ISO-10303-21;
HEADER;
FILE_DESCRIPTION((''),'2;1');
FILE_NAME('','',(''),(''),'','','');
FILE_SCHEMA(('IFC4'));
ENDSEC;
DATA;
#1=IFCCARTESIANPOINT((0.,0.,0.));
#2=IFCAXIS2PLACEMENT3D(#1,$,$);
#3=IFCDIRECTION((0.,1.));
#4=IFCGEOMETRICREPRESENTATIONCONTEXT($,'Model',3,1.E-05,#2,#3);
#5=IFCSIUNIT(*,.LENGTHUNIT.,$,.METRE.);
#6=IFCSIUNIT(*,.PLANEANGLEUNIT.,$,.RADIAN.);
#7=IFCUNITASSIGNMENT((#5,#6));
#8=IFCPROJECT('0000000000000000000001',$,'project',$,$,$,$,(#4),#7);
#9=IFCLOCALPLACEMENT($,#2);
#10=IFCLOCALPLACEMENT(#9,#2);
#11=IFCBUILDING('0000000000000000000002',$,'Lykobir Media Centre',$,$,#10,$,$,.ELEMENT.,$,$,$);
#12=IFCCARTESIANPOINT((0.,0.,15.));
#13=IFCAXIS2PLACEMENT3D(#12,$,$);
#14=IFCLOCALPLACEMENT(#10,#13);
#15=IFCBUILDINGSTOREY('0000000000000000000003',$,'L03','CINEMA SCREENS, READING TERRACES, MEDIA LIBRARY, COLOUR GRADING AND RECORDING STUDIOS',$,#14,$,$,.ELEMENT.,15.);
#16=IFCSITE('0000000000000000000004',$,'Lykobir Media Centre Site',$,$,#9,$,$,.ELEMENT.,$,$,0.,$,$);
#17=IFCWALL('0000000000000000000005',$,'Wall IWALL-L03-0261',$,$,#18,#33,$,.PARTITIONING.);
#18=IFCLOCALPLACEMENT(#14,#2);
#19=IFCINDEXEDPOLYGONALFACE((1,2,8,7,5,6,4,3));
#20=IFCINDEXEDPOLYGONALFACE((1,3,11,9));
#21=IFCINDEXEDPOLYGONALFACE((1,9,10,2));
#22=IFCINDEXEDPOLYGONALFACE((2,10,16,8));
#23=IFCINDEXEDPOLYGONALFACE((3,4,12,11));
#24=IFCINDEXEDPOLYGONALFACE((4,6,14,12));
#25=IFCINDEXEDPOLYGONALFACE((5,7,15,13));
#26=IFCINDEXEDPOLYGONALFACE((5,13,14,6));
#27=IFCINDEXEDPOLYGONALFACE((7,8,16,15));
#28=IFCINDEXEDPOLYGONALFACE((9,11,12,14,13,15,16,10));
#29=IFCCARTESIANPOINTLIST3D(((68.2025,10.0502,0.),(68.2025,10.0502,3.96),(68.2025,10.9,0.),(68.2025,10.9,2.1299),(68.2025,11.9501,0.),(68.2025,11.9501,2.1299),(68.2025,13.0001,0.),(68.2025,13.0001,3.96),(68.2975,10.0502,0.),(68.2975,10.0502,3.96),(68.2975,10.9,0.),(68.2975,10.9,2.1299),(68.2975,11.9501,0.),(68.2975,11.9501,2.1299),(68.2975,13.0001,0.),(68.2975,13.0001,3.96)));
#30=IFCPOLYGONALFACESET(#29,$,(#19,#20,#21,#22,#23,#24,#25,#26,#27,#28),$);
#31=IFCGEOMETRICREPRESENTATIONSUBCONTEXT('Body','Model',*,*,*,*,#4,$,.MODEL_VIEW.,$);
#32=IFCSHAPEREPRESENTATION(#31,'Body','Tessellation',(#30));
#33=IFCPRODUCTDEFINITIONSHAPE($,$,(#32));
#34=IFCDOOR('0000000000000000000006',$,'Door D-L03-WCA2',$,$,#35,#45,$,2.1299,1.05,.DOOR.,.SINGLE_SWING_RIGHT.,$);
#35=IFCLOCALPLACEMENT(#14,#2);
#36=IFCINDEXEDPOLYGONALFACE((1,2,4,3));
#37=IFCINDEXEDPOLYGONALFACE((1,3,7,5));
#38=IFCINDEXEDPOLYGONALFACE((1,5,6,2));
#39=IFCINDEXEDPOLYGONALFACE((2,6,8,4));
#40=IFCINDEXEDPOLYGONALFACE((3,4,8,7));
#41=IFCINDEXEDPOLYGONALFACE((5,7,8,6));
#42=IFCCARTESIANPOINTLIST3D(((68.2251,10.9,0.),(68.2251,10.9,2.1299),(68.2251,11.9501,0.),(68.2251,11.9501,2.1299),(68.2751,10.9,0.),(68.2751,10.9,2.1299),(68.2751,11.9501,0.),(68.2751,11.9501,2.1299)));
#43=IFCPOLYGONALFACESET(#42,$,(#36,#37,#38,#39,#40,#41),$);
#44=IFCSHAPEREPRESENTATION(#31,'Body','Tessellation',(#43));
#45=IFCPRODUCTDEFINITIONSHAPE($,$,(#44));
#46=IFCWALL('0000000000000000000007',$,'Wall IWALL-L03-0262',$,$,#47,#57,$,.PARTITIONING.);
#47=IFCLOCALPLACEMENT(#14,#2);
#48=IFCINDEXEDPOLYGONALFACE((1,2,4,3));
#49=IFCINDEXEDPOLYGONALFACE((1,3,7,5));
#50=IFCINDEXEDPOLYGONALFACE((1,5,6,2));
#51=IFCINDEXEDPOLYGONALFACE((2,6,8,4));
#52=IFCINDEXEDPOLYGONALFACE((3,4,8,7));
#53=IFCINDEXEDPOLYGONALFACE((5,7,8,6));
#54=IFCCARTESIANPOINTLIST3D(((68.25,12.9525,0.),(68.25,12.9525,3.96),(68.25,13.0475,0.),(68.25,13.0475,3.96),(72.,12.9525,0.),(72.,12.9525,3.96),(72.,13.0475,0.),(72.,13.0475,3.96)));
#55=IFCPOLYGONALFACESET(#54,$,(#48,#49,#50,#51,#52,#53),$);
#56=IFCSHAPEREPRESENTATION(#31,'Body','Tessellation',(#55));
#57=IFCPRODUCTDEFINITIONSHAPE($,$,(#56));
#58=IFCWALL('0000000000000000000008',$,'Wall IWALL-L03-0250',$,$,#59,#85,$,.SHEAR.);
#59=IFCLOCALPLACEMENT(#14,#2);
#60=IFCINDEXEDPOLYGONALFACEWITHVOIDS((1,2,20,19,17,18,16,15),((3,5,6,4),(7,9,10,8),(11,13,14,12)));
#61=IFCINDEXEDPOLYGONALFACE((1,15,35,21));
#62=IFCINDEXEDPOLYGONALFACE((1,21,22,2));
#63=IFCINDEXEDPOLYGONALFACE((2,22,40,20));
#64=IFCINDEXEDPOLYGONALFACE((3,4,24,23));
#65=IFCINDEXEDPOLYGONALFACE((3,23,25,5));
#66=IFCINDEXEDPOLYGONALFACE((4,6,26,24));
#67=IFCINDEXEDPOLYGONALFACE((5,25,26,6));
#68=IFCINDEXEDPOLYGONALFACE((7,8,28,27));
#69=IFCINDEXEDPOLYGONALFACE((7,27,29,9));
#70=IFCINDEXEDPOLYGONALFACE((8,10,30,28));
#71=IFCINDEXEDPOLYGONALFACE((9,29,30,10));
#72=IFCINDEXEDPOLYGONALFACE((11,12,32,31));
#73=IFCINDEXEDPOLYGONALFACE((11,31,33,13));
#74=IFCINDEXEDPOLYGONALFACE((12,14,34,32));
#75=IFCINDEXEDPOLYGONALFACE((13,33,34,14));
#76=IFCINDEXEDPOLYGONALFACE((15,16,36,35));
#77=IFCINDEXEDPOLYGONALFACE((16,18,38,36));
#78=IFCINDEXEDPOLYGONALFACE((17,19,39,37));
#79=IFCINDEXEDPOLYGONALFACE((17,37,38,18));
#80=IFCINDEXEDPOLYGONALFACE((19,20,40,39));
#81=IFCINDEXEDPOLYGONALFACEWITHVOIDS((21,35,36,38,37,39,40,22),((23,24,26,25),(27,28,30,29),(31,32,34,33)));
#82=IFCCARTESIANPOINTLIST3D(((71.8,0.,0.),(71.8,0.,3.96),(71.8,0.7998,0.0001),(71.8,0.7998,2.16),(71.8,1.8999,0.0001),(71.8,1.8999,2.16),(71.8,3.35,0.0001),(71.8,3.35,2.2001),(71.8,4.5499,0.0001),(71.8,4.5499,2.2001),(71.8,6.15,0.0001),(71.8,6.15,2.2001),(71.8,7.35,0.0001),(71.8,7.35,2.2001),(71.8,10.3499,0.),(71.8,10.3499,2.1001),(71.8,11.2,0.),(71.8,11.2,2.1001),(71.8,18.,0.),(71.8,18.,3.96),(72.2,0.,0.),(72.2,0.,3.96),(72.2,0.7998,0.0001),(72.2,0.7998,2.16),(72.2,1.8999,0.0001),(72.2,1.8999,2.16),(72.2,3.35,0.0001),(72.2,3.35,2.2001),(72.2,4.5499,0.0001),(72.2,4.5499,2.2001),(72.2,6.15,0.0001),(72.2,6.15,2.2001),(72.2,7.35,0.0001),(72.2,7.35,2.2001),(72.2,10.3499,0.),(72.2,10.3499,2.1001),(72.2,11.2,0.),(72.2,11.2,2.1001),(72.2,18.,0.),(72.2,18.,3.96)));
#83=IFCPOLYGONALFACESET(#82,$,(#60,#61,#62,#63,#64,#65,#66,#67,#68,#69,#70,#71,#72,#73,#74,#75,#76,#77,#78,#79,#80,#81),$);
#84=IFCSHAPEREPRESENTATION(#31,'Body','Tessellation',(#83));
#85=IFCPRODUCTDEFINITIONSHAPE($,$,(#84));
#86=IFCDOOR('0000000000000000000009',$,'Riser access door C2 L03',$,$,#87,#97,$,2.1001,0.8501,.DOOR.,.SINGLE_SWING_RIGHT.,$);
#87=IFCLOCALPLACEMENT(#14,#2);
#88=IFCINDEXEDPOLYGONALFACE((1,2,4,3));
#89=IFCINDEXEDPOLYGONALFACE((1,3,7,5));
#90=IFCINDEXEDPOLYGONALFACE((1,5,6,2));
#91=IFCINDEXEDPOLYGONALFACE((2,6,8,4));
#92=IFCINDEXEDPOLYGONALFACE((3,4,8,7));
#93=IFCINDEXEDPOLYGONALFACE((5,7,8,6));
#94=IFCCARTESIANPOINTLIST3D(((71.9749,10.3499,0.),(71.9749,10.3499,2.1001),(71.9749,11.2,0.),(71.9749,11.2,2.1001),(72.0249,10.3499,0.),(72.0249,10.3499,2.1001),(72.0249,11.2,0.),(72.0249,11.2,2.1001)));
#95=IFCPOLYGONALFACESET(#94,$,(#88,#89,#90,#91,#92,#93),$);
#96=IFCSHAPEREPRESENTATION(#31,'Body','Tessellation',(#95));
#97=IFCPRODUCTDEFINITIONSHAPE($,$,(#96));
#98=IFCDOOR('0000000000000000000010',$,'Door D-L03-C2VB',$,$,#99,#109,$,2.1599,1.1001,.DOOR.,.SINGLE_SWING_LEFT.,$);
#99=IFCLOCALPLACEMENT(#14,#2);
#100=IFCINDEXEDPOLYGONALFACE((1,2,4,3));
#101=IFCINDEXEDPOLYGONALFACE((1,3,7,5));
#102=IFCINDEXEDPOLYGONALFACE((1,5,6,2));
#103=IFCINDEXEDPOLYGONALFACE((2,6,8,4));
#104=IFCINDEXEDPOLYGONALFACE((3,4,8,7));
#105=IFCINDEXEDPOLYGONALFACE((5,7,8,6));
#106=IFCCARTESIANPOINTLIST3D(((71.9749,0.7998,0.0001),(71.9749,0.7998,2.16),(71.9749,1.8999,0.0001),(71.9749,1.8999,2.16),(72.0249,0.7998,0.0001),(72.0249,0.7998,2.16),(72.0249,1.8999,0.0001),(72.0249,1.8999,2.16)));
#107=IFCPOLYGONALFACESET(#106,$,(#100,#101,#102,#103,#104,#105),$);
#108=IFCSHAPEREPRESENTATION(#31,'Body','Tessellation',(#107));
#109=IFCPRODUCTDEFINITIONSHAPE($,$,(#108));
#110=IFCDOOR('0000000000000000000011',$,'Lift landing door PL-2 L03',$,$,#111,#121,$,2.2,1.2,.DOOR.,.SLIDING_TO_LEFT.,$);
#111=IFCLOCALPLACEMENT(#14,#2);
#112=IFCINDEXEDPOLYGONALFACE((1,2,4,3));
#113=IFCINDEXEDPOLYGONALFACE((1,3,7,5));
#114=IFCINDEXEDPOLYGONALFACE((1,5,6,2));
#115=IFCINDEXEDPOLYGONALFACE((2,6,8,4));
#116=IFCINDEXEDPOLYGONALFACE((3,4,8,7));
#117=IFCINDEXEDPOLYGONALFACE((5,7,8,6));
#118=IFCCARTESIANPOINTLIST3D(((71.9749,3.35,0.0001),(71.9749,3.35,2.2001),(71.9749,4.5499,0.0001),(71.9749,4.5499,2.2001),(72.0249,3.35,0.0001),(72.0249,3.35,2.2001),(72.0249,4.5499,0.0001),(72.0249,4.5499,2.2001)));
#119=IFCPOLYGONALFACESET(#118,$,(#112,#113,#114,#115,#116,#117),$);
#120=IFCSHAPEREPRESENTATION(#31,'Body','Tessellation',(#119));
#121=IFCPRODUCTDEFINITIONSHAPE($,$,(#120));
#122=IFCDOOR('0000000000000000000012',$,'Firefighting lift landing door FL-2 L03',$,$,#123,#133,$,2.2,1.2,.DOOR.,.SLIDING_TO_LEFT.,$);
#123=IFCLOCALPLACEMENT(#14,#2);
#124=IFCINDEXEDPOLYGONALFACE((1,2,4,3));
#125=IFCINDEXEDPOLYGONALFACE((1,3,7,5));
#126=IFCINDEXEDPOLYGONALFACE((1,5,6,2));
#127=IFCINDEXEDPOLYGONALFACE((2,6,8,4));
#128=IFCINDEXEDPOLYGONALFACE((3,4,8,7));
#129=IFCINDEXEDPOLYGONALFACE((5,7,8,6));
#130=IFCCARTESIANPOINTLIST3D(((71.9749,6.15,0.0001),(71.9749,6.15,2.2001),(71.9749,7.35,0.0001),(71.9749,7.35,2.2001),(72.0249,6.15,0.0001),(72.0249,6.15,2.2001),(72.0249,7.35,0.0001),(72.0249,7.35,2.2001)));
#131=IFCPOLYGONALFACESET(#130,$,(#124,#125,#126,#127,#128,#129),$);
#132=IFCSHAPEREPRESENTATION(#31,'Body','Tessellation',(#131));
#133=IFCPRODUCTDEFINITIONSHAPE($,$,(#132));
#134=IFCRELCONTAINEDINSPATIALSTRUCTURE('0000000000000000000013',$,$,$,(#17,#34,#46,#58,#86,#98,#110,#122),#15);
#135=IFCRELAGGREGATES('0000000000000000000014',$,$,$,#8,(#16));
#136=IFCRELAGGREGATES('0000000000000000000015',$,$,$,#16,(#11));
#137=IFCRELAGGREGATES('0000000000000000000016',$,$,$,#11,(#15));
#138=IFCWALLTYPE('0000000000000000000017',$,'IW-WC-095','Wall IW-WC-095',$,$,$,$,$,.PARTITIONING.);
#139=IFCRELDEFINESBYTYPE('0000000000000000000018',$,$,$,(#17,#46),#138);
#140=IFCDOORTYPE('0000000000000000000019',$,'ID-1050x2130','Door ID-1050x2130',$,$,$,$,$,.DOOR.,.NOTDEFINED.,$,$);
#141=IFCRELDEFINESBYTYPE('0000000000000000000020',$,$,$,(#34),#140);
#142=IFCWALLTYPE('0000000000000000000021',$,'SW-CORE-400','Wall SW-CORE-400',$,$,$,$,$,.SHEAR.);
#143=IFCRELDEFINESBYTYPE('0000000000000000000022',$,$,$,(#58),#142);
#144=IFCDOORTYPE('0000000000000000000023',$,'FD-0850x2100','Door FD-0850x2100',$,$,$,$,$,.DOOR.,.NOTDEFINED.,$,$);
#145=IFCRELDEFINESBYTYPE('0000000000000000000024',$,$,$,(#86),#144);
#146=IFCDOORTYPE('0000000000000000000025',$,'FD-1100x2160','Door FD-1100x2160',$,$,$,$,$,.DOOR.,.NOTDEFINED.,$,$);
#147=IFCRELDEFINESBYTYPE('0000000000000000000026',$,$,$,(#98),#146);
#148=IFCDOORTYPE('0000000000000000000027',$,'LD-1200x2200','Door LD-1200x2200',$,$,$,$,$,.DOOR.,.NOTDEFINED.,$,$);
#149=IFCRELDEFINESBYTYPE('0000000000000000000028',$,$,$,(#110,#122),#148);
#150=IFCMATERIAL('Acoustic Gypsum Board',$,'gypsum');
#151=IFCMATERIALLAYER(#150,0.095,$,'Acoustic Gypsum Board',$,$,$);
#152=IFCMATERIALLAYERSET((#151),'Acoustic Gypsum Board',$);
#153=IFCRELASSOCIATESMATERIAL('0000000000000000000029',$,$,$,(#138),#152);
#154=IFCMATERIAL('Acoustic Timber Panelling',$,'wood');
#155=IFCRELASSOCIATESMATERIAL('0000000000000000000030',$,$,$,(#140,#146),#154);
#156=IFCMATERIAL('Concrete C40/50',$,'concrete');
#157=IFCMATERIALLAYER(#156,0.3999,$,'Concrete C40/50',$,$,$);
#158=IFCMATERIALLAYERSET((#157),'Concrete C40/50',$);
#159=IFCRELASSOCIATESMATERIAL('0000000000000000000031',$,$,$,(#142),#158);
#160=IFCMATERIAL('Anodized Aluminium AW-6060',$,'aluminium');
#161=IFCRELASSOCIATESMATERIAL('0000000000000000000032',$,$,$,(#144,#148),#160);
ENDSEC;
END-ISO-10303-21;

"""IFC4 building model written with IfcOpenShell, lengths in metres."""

from ifc_helpers import new_model, si_unit, direction, frame, frame_2d, origin, place, context, subcontext, project, spatial, rectangle, extrude, material, layer, layer_set, type_object, element, fill, save


model = new_model("IFC4")

# Units and contexts
model_context = context("Model", 3, precision=1e-05, world=origin(), true_north=direction((0.0, 1.0)))
body_context = subcontext(model_context, "Body", "Model", "MODEL_VIEW")
ifc_project = project(units=[si_unit("LENGTHUNIT", "METRE"), si_unit("PLANEANGLEUNIT", "RADIAN")], contexts=[model_context])

# Site, building, storey
site_placement = place(None, origin())
site = spatial("IfcSite", under=ifc_project, at=site_placement, Name="Lykobir Media Centre Site", CompositionType="ELEMENT", RefElevation=0.0)
building_placement = place(site_placement, origin())
building = spatial("IfcBuilding", under=site, at=building_placement, Name="Lykobir Media Centre", CompositionType="ELEMENT")
storey_placement = place(building_placement, frame((0.0, 0.0, 15.0)))
storey = spatial("IfcBuildingStorey", under=building, at=storey_placement, Name="L03", Description="CINEMA SCREENS, READING TERRACES, MEDIA LIBRARY, COLOUR GRADING AND RECORDING STUDIOS", CompositionType="ELEMENT", Elevation=15.0)

# Shared definitions
ifc_material_1 = material(Name="Acoustic Gypsum Board", Category="gypsum")

# Wall, opening, door
ifc_layer_1 = layer(ifc_material_1, 0.095, Name="Acoustic Gypsum Board")
ifc_layer_set_1 = layer_set([ifc_layer_1], Name="Acoustic Gypsum Board")
wall_type_1 = type_object("IfcWallType", Name="IW-WC-095", Description="Wall IW-WC-095", PredefinedType="PARTITIONING", material=ifc_layer_set_1)
wall_1_placement = place(storey_placement, frame((68.25, 10.05, 0.0), z_axis=(0.0, 0.0, 1.0), x_axis=(0.0, 1.0, 0.0)))
wall_1 = element("IfcWall", 1, at=wall_1_placement, inside=storey, type_object=wall_type_1, Name="Wall IWALL-L03-0261", PredefinedType="PARTITIONING", context=body_context, shape_type="SweptSolid", body=[
    extrude(rectangle(XDim=2.95, YDim=0.095, at=frame_2d((1.4751, 0.0))), origin(), (0.0, 0.0, 1.0), 3.96),
])
opening_1_placement = place(wall_1_placement, frame((0.8501, 0.0, 0.0)))
opening_1 = element("IfcOpeningElement", 2, at=opening_1_placement, cuts=wall_1, PredefinedType="OPENING", context=body_context, shape_type="SweptSolid", body=[
    extrude(rectangle(XDim=1.05, YDim=2.1299, at=frame_2d((0.5249, 1.0649))), frame((0.0, 0.0574, 0.0), z_axis=(0.0, -1.0, 0.0), x_axis=(1.0, 0.0, 0.0)), (0.0, 0.0, 1.0), 0.115),
])
ifc_material_2 = material(Name="Acoustic Timber Panelling", Category="wood")
door_type_1 = type_object("IfcDoorType", Name="ID-1050x2130", Description="Door ID-1050x2130", OperationType="NOTDEFINED", PredefinedType="DOOR", material=ifc_material_2)
door_1_placement = place(opening_1_placement, origin())
door_1 = element("IfcDoor", 3, at=door_1_placement, inside=storey, type_object=door_type_1, Name="Door D-L03-WCA2", OperationType="SINGLE_SWING_RIGHT", OverallHeight=2.1299, OverallWidth=1.05, PredefinedType="DOOR", context=body_context, shape_type="SweptSolid", body=[
    extrude(rectangle(XDim=1.05, YDim=2.1299, at=frame_2d((0.5249, 1.0649))), frame((0.0, 0.0249, 0.0), z_axis=(0.0, -1.0, 0.0), x_axis=(1.0, 0.0, 0.0)), (0.0, 0.0, 1.0), 0.05),
])
fill(opening_1, door_1)

# Wall
wall_2_placement = place(storey_placement, frame((68.25, 13.0, 0.0), z_axis=(0.0, 0.0, 1.0), x_axis=(1.0, 0.0, 0.0)))
element("IfcWall", 4, at=wall_2_placement, inside=storey, type_object=wall_type_1, Name="Wall IWALL-L03-0262", PredefinedType="PARTITIONING", context=body_context, shape_type="SweptSolid", body=[
    extrude(rectangle(XDim=3.75, YDim=0.095, at=frame_2d((1.875, 0.0))), origin(), (0.0, 0.0, 1.0), 3.96),
])

# Wall, openings, doors
ifc_material_3 = material(Name="Concrete C40/50", Category="concrete")
ifc_layer_2 = layer(ifc_material_3, 0.3999, Name="Concrete C40/50")
ifc_layer_set_2 = layer_set([ifc_layer_2], Name="Concrete C40/50")
wall_type_2 = type_object("IfcWallType", Name="SW-CORE-400", Description="Wall SW-CORE-400", PredefinedType="SHEAR", material=ifc_layer_set_2)
wall_3_placement = place(storey_placement, frame((72.0, 18.0, 0.0), z_axis=(0.0, 0.0, 1.0), x_axis=(0.0, -1.0, 0.0)))
wall_3 = element("IfcWall", 5, at=wall_3_placement, inside=storey, type_object=wall_type_2, Name="Wall IWALL-L03-0250", PredefinedType="SHEAR", context=body_context, shape_type="SweptSolid", body=[
    extrude(rectangle(XDim=18.0, YDim=0.3999, at=frame_2d((9.0, 0.0))), origin(), (0.0, 0.0, 1.0), 3.96),
])
opening_2_placement = place(wall_3_placement, frame((16.1001, 0.0, 0.0)))
opening_2 = element("IfcOpeningElement", 6, at=opening_2_placement, cuts=wall_3, PredefinedType="OPENING", context=body_context, shape_type="SweptSolid", body=[
    extrude(rectangle(XDim=1.1001, YDim=2.1599, at=frame_2d((0.55, 1.0801))), frame((0.0, 0.21, 0.0), z_axis=(0.0, -1.0, 0.0), x_axis=(1.0, 0.0, 0.0)), (0.0, 0.0, 1.0), 0.4199),
])
opening_3_placement = place(wall_3_placement, frame((13.45, 0.0, 0.0)))
opening_3 = element("IfcOpeningElement", 7, at=opening_3_placement, cuts=wall_3, PredefinedType="OPENING", context=body_context, shape_type="SweptSolid", body=[
    extrude(rectangle(XDim=1.2, YDim=2.2, at=frame_2d((0.6001, 1.1001))), frame((0.0, 0.21, 0.0), z_axis=(0.0, -1.0, 0.0), x_axis=(1.0, 0.0, 0.0)), (0.0, 0.0, 1.0), 0.4199),
])
opening_4_placement = place(wall_3_placement, frame((10.6499, 0.0, 0.0)))
opening_4 = element("IfcOpeningElement", 8, at=opening_4_placement, cuts=wall_3, PredefinedType="OPENING", context=body_context, shape_type="SweptSolid", body=[
    extrude(rectangle(XDim=1.2, YDim=2.2, at=frame_2d((0.6001, 1.1001))), frame((0.0, 0.21, 0.0), z_axis=(0.0, -1.0, 0.0), x_axis=(1.0, 0.0, 0.0)), (0.0, 0.0, 1.0), 0.4199),
])
opening_5_placement = place(wall_3_placement, frame((6.8, 0.0, 0.0)))
opening_5 = element("IfcOpeningElement", 9, at=opening_5_placement, cuts=wall_3, PredefinedType="OPENING", context=body_context, shape_type="SweptSolid", body=[
    extrude(rectangle(XDim=0.8501, YDim=2.1001, at=frame_2d((0.425, 1.05))), frame((0.0, 0.21, 0.0), z_axis=(0.0, -1.0, 0.0), x_axis=(1.0, 0.0, 0.0)), (0.0, 0.0, 1.0), 0.4199),
])
ifc_material_4 = material(Name="Anodized Aluminium AW-6060", Category="aluminium")
door_type_2 = type_object("IfcDoorType", Name="FD-0850x2100", Description="Door FD-0850x2100", OperationType="NOTDEFINED", PredefinedType="DOOR", material=ifc_material_4)
door_2_placement = place(opening_5_placement, origin())
door_2 = element("IfcDoor", 10, at=door_2_placement, inside=storey, type_object=door_type_2, Name="Riser access door C2 L03", OperationType="SINGLE_SWING_RIGHT", OverallHeight=2.1001, OverallWidth=0.8501, PredefinedType="DOOR", context=body_context, shape_type="SweptSolid", body=[
    extrude(rectangle(XDim=0.8501, YDim=2.1001, at=frame_2d((0.425, 1.05))), frame((0.0, 0.0249, 0.0), z_axis=(0.0, -1.0, 0.0), x_axis=(1.0, 0.0, 0.0)), (0.0, 0.0, 1.0), 0.05),
])
fill(opening_5, door_2)
door_type_3 = type_object("IfcDoorType", Name="FD-1100x2160", Description="Door FD-1100x2160", OperationType="NOTDEFINED", PredefinedType="DOOR", material=ifc_material_2)
door_3_placement = place(opening_2_placement, origin())
door_3 = element("IfcDoor", 11, at=door_3_placement, inside=storey, type_object=door_type_3, Name="Door D-L03-C2VB", OperationType="SINGLE_SWING_LEFT", OverallHeight=2.1599, OverallWidth=1.1001, PredefinedType="DOOR", context=body_context, shape_type="SweptSolid", body=[
    extrude(rectangle(XDim=1.1001, YDim=2.1599, at=frame_2d((0.55, 1.0801))), frame((0.0, 0.0249, 0.0), z_axis=(0.0, -1.0, 0.0), x_axis=(1.0, 0.0, 0.0)), (0.0, 0.0, 1.0), 0.05),
])
fill(opening_2, door_3)
door_type_4 = type_object("IfcDoorType", Name="LD-1200x2200", Description="Door LD-1200x2200", OperationType="NOTDEFINED", PredefinedType="DOOR", material=ifc_material_4)
door_4_placement = place(opening_3_placement, origin())
door_4 = element("IfcDoor", 12, at=door_4_placement, inside=storey, type_object=door_type_4, Name="Lift landing door PL-2 L03", OperationType="SLIDING_TO_LEFT", OverallHeight=2.2, OverallWidth=1.2, PredefinedType="DOOR", context=body_context, shape_type="SweptSolid", body=[
    extrude(rectangle(XDim=1.2, YDim=2.2, at=frame_2d((0.6001, 1.1001))), frame((0.0, 0.0249, 0.0), z_axis=(0.0, -1.0, 0.0), x_axis=(1.0, 0.0, 0.0)), (0.0, 0.0, 1.0), 0.05),
])
fill(opening_3, door_4)
door_5_placement = place(opening_4_placement, origin())
door_5 = element("IfcDoor", 13, at=door_5_placement, inside=storey, type_object=door_type_4, Name="Firefighting lift landing door FL-2 L03", OperationType="SLIDING_TO_LEFT", OverallHeight=2.2, OverallWidth=1.2, PredefinedType="DOOR", context=body_context, shape_type="SweptSolid", body=[
    extrude(rectangle(XDim=1.2, YDim=2.2, at=frame_2d((0.6001, 1.1001))), frame((0.0, 0.0249, 0.0), z_axis=(0.0, -1.0, 0.0), x_axis=(1.0, 0.0, 0.0)), (0.0, 0.0, 1.0), 0.05),
])
fill(opening_4, door_5)

save(model, "model.ifc")
